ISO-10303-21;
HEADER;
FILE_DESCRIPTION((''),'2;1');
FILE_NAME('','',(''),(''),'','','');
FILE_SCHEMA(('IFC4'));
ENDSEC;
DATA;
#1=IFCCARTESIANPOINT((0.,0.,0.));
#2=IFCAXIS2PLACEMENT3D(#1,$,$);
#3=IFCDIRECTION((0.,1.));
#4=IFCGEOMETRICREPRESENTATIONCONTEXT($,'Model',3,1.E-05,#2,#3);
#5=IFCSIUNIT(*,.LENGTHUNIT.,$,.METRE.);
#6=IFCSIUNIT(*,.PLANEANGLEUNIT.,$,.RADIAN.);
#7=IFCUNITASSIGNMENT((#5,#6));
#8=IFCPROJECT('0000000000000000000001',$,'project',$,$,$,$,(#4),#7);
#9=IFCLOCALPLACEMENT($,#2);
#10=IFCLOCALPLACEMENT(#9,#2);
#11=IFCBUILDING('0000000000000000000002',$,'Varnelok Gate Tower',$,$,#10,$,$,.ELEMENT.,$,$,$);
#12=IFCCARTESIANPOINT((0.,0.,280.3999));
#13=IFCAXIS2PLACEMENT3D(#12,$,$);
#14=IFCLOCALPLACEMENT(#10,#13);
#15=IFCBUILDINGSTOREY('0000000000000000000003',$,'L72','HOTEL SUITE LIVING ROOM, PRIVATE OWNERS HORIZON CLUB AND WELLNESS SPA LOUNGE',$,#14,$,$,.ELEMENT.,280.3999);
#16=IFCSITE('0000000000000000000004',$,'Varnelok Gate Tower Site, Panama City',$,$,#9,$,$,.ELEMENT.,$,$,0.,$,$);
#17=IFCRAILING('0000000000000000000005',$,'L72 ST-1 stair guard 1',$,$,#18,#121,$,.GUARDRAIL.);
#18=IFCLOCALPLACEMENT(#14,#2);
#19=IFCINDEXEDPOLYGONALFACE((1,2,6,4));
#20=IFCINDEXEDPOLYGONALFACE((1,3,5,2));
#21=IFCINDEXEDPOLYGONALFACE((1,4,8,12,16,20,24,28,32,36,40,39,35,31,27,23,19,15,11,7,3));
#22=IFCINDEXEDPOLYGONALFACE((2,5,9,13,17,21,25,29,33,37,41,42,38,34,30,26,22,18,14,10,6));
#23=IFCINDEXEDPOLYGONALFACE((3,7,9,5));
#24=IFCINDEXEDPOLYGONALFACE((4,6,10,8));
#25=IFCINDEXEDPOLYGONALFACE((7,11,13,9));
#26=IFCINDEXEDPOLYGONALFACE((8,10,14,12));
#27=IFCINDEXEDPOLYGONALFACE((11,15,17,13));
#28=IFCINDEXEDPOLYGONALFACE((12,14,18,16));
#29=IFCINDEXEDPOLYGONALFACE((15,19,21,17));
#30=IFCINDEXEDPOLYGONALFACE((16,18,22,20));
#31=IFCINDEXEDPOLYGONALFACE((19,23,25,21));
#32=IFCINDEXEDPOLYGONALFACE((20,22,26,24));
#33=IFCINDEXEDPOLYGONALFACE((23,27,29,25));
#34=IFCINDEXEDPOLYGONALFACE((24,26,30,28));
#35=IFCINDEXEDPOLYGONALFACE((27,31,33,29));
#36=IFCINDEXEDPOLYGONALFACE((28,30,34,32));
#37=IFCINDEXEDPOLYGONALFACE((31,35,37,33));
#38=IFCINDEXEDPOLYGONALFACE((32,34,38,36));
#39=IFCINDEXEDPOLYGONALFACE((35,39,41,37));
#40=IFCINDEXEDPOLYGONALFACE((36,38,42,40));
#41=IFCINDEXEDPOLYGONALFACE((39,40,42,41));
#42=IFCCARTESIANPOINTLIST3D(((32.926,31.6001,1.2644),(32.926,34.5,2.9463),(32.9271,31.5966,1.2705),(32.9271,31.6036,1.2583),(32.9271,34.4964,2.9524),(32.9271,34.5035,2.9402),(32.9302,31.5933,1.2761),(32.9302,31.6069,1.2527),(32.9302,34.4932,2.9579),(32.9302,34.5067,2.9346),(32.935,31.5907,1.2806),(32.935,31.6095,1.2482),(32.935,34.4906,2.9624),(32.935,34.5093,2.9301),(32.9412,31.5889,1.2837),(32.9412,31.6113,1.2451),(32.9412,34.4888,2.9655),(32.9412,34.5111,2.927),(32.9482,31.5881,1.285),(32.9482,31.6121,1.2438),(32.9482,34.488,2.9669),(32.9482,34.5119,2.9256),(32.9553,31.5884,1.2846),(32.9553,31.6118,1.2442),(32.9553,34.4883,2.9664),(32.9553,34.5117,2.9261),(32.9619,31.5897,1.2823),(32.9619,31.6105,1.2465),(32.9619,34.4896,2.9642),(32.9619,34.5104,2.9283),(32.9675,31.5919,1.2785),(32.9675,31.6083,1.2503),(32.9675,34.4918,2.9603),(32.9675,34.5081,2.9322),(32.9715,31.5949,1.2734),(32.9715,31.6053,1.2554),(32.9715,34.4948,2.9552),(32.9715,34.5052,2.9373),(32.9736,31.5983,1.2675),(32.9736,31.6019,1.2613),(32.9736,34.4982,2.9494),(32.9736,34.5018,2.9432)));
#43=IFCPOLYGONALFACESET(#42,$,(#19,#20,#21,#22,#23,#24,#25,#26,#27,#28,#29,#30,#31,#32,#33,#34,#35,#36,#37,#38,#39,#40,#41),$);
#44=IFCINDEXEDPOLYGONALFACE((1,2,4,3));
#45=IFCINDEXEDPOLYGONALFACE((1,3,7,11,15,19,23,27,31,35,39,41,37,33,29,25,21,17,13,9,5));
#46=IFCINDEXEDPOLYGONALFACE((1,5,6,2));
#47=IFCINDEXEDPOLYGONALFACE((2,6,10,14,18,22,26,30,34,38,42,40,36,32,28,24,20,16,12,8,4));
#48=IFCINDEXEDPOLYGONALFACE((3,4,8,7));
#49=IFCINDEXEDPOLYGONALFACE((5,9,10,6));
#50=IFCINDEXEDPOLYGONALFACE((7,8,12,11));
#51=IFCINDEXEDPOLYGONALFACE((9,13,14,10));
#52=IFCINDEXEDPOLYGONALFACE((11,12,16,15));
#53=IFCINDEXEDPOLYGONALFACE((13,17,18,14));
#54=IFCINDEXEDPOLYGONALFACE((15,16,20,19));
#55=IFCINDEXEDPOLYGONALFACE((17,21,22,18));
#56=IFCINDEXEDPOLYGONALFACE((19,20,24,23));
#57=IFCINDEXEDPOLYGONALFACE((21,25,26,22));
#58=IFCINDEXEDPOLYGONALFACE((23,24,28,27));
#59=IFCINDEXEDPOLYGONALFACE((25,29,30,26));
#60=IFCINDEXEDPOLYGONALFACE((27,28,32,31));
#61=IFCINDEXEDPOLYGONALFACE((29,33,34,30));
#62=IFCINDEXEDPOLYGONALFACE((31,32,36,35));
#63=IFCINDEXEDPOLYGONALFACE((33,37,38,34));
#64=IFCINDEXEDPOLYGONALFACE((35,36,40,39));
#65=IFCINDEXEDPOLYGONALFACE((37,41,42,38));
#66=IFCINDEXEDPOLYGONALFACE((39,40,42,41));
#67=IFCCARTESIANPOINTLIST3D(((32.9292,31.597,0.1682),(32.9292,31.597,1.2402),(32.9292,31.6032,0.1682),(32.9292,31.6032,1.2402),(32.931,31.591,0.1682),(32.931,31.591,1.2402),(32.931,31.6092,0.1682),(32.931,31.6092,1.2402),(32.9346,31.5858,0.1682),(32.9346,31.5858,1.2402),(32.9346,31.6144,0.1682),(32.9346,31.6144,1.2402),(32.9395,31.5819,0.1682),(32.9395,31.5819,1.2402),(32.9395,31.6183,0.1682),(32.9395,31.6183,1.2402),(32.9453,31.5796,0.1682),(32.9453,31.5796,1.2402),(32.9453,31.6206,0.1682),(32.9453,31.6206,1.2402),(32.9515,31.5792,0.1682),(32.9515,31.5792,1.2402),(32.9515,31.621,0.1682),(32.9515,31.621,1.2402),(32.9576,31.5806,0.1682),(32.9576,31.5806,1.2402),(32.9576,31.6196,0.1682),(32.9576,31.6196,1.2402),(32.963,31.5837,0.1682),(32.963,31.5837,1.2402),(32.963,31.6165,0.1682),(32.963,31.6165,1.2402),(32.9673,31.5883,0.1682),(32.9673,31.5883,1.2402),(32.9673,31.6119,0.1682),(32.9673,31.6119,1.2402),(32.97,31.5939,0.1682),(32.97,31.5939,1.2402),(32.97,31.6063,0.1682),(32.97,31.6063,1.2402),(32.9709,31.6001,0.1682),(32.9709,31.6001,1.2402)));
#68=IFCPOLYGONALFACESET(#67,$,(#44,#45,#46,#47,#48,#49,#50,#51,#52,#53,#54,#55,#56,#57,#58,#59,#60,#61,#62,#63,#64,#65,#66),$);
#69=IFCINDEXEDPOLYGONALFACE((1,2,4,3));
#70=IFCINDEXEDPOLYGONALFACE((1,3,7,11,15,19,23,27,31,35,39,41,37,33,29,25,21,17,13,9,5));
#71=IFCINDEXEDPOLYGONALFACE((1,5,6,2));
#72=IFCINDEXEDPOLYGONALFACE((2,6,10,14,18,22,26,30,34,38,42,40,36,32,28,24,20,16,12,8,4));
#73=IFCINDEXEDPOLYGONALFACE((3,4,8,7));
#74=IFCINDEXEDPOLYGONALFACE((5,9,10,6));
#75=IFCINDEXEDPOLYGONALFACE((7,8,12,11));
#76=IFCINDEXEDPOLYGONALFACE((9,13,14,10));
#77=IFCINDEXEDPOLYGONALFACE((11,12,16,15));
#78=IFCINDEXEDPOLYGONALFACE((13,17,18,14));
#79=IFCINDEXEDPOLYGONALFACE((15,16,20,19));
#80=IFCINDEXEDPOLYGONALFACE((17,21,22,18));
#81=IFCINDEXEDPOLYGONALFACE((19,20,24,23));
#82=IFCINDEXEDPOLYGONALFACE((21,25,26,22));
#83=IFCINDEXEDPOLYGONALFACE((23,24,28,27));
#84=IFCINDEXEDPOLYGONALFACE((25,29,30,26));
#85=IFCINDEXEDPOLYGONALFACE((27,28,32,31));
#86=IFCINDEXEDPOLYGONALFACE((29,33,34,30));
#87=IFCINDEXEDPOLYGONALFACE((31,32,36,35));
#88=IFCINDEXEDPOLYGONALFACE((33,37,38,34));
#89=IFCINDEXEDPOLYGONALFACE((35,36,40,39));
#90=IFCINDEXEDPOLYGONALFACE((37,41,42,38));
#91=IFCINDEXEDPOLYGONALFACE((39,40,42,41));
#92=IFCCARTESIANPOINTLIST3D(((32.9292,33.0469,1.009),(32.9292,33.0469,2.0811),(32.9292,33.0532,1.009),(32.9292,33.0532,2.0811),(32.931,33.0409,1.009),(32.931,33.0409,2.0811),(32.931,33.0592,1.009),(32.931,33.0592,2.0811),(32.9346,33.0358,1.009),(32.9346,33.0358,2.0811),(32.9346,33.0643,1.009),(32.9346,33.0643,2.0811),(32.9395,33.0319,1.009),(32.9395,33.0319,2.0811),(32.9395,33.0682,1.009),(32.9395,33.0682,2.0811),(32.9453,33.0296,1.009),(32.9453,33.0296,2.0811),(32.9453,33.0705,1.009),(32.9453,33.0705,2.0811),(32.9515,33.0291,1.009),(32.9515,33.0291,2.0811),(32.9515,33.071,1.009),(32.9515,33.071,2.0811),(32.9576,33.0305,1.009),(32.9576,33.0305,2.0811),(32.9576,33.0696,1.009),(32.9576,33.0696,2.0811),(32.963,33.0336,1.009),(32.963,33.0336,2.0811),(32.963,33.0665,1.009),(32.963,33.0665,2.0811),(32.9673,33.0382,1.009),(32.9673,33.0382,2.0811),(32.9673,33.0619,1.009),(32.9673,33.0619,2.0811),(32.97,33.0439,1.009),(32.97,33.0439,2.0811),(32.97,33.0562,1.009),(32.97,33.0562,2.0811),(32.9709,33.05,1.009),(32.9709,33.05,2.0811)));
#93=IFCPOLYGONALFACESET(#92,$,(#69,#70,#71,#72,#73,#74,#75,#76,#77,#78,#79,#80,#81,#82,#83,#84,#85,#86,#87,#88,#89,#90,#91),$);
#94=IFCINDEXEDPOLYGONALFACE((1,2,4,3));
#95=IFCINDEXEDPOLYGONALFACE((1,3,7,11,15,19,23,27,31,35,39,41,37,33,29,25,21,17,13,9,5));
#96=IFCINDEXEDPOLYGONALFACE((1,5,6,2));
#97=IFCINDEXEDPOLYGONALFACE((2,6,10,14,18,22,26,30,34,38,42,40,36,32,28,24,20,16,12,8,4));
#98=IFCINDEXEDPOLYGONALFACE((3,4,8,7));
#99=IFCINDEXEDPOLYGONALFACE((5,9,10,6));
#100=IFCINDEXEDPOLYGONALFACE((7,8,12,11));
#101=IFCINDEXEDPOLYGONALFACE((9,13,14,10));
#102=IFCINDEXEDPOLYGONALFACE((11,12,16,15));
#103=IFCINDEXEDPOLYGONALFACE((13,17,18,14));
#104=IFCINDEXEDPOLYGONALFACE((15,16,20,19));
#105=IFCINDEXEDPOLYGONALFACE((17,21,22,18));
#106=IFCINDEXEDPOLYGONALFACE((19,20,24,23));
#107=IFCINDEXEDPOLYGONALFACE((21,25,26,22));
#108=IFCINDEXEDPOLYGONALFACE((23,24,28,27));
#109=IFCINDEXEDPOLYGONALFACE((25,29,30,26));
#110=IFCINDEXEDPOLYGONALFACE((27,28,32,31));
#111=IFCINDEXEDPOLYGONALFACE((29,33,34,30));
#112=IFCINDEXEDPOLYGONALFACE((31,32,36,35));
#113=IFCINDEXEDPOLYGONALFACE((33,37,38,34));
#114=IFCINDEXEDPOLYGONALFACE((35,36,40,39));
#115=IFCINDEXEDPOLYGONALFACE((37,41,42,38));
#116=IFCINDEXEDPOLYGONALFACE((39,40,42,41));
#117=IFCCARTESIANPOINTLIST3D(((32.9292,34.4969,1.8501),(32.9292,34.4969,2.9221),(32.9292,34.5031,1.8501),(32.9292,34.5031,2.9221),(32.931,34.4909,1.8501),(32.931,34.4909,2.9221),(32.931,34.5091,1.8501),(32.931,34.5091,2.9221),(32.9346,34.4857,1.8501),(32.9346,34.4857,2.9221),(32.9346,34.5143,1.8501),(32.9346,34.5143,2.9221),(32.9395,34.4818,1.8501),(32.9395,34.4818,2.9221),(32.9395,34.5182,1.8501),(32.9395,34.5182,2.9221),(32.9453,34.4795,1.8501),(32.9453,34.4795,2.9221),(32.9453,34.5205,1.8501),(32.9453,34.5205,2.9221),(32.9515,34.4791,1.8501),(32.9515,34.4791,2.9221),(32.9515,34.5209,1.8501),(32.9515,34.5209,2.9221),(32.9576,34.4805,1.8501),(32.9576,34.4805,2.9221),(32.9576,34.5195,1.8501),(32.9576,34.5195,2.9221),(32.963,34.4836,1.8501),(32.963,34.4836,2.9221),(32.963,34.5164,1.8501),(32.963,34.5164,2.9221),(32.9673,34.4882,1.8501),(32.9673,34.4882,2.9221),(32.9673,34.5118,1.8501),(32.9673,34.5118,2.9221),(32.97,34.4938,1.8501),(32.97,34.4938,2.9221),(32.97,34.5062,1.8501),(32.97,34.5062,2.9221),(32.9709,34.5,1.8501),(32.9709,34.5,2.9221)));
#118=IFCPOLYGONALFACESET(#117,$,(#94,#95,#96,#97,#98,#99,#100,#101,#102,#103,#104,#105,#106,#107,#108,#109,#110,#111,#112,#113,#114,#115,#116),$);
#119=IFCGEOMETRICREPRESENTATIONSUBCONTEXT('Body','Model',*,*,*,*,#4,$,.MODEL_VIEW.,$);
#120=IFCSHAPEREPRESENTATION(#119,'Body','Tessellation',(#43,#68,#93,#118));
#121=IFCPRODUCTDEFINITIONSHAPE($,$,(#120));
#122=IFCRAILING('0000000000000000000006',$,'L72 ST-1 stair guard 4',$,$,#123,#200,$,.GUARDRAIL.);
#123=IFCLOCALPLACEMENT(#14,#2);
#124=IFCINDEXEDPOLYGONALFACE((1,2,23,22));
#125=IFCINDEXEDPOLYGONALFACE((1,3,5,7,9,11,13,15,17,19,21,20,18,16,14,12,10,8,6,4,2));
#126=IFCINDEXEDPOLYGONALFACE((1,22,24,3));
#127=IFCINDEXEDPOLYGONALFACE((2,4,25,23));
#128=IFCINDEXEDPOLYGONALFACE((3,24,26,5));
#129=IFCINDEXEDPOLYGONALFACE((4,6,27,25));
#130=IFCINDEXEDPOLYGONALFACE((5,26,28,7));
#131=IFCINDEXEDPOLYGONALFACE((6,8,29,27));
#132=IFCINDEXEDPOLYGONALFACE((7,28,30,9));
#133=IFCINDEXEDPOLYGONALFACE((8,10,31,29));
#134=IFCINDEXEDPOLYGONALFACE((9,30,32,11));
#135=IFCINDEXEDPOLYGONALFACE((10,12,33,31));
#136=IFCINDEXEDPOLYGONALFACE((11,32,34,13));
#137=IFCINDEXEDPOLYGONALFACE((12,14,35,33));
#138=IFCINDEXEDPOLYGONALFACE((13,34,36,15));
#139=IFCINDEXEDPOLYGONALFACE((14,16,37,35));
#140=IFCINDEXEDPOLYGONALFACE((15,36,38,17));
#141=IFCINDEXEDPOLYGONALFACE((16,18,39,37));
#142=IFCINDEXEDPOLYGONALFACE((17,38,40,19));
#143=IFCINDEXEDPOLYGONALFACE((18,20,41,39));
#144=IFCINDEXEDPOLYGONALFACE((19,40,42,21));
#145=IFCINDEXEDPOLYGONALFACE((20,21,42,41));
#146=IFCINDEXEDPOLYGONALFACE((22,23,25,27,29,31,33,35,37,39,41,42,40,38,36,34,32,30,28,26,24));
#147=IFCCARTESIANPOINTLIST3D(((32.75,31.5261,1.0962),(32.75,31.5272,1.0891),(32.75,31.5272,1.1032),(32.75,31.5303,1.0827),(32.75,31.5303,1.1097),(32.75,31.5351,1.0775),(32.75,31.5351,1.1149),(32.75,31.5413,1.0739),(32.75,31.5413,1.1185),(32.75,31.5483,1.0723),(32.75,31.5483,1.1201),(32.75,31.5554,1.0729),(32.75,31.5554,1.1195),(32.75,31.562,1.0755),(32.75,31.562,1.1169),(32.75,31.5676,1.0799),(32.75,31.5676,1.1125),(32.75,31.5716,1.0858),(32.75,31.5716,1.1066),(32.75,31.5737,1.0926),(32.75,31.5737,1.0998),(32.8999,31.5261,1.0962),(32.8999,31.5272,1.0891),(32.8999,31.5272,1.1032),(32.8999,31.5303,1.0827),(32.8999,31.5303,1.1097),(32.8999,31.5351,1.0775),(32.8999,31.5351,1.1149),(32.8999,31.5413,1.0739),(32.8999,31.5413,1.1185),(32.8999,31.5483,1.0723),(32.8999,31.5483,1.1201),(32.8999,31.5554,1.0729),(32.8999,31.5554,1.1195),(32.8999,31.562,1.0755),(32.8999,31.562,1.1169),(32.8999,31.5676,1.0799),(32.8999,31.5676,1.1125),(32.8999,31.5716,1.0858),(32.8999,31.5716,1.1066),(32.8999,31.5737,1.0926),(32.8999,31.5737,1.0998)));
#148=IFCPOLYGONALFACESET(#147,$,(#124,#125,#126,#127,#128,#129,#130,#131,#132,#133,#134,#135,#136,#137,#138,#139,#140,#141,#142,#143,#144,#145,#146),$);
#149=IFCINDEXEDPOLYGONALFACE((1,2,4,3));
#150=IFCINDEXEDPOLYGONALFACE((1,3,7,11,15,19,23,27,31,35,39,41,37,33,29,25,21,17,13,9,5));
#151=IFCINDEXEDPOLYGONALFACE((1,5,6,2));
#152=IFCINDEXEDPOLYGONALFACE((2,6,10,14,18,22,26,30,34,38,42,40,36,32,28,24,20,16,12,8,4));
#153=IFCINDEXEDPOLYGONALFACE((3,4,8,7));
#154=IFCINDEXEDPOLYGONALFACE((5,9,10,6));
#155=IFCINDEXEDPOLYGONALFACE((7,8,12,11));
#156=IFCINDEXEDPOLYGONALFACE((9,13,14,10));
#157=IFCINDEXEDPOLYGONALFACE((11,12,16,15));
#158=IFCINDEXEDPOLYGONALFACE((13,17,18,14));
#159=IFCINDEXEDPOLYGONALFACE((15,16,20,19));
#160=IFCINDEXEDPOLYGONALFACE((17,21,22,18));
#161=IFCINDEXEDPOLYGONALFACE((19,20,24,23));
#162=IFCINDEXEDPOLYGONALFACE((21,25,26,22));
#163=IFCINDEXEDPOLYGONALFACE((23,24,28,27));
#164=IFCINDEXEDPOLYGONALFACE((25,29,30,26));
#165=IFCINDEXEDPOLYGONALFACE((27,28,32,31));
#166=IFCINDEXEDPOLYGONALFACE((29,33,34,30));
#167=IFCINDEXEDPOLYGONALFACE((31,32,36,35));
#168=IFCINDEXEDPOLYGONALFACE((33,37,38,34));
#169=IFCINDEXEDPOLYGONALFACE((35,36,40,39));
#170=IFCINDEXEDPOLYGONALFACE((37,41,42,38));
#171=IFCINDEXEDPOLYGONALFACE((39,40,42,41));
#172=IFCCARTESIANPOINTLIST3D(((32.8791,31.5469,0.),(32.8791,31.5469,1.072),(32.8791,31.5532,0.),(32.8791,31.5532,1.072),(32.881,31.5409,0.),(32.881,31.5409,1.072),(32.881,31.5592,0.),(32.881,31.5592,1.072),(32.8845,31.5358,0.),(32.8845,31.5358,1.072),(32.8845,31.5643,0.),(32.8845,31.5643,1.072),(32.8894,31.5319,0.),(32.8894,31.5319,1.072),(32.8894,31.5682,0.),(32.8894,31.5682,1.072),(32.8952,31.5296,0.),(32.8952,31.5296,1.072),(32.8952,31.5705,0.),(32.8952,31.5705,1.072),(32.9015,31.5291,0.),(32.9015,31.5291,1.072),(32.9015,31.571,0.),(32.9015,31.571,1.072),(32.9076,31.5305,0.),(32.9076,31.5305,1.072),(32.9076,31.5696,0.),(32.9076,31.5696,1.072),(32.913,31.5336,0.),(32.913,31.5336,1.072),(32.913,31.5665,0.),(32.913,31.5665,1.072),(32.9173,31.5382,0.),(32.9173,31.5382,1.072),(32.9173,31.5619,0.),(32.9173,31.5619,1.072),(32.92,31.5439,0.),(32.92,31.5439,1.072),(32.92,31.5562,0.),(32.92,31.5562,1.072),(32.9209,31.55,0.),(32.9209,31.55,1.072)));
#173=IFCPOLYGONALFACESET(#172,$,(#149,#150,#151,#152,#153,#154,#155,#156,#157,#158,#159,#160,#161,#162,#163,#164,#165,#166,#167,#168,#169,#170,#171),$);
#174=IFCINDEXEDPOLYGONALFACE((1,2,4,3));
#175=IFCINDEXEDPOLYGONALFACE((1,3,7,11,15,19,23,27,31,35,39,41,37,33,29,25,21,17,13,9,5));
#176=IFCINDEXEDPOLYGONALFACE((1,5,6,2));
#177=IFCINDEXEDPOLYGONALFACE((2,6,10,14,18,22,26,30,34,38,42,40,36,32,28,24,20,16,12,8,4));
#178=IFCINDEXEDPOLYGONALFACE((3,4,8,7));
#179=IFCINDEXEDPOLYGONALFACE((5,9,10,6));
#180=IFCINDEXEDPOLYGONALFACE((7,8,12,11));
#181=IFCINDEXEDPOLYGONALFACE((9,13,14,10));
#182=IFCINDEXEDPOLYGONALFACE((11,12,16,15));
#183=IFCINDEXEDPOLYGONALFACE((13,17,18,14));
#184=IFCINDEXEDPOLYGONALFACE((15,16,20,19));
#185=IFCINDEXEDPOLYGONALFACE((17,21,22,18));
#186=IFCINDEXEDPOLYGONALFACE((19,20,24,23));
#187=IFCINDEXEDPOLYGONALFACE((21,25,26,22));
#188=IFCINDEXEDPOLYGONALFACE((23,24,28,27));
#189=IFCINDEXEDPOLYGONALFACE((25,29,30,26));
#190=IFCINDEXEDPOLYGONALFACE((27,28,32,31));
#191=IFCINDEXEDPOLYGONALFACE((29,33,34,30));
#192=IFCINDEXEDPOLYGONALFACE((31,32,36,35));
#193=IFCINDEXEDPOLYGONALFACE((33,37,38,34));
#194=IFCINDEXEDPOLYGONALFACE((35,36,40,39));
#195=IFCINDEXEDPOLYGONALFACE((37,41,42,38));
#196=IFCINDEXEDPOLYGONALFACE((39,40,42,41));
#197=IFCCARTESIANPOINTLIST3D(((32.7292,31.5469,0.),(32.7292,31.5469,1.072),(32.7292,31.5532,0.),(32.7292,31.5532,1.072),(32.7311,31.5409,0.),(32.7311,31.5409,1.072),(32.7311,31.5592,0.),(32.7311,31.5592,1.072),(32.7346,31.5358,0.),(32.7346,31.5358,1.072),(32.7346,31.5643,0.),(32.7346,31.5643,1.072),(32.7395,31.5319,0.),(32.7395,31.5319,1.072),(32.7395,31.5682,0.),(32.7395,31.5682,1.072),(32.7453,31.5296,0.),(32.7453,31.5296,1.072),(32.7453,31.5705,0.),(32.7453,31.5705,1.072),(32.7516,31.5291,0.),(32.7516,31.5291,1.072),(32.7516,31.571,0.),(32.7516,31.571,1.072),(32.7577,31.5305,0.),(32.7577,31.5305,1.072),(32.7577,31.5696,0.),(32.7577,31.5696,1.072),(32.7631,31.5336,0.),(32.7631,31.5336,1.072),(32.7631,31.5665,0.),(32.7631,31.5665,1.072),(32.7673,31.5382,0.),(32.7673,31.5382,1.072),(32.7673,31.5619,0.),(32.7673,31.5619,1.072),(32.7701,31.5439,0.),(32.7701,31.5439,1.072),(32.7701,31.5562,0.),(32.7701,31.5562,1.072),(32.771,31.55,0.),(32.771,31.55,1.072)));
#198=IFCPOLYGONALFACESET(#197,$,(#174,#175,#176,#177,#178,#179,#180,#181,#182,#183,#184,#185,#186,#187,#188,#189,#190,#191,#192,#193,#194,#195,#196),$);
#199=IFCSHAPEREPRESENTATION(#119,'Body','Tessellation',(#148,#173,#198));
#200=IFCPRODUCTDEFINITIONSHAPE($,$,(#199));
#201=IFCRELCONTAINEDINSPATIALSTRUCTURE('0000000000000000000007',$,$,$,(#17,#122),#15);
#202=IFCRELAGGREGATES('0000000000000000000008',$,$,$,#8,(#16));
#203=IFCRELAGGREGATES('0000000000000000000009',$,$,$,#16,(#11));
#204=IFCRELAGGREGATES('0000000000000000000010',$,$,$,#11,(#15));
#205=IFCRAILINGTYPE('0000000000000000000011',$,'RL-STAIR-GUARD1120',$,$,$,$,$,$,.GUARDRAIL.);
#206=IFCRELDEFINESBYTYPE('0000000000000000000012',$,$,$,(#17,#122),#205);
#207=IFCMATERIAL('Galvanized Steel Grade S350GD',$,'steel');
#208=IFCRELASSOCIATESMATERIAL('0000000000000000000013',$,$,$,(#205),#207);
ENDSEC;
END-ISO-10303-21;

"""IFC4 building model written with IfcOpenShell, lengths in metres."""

from ifc_helpers import new_model, si_unit, direction, frame, origin, origin_2d, place, context, subcontext, project, spatial, circle, extrude, material, type_object, element, save


model = new_model("IFC4")

# Units and contexts
model_context = context("Model", 3, precision=1e-05, world=origin(), true_north=direction((0.0, 1.0)))
body_context = subcontext(model_context, "Body", "Model", "MODEL_VIEW")
ifc_project = project(units=[si_unit("LENGTHUNIT", "METRE"), si_unit("PLANEANGLEUNIT", "RADIAN")], contexts=[model_context])

# Site, building, storey
site_placement = place(None, origin())
site = spatial("IfcSite", under=ifc_project, at=site_placement, Name="Varnelok Gate Tower Site, Panama City", CompositionType="ELEMENT", RefElevation=0.0)
building_placement = place(site_placement, origin())
building = spatial("IfcBuilding", under=site, at=building_placement, Name="Varnelok Gate Tower", CompositionType="ELEMENT")
storey_placement = place(building_placement, frame((0.0, 0.0, 280.3999)))
storey = spatial("IfcBuildingStorey", under=building, at=storey_placement, Name="L72", Description="HOTEL SUITE LIVING ROOM, PRIVATE OWNERS HORIZON CLUB AND WELLNESS SPA LOUNGE", CompositionType="ELEMENT", Elevation=280.3999)

# Shared definitions
ifc_material_1 = material(Name="Galvanized Steel Grade S350GD", Category="steel")

# Railings
railing_type_1 = type_object("IfcRailingType", Name="RL-STAIR-GUARD1120", PredefinedType="GUARDRAIL", material=ifc_material_1)
railing_1_placement = place(storey_placement, frame((32.95, 31.6001, 0.1682)))
element("IfcRailing", 1, at=railing_1_placement, inside=storey, type_object=railing_type_1, Name="L72 ST-1 stair guard 1", PredefinedType="GUARDRAIL", context=body_context, shape_type="SweptSolid", body=[
    extrude(circle(Radius=0.0239, at=origin_2d()), frame((0.0, 0.0, 1.0962), z_axis=(0.0, 0.865039, 0.501705), x_axis=(-1.0, 0.0, 0.0)), (0.0, 0.0, 1.0), 3.3523),
    extrude(circle(Radius=0.021, at=origin_2d()), origin(), (0.0, 0.0, 1.0), 1.072),
    extrude(circle(Radius=0.021, at=origin_2d()), frame((0.0, 1.45, 0.8408)), (0.0, 0.0, 1.0), 1.072),
    extrude(circle(Radius=0.021, at=origin_2d()), frame((0.0, 2.8999, 1.6819)), (0.0, 0.0, 1.0), 1.072),
])
railing_2_placement = place(storey_placement, frame((32.8999, 31.55, 0.0)))
element("IfcRailing", 2, at=railing_2_placement, inside=storey, type_object=railing_type_1, Name="L72 ST-1 stair guard 4", PredefinedType="GUARDRAIL", context=body_context, shape_type="SweptSolid", body=[
    extrude(circle(Radius=0.0239, at=origin_2d()), frame((0.0, 0.0, 1.0962), z_axis=(-1.0, 0.0, 0.0), x_axis=(0.0, -1.0, 0.0)), (0.0, 0.0, 1.0), 0.1499),
    extrude(circle(Radius=0.021, at=origin_2d()), origin(), (0.0, 0.0, 1.0), 1.072),
    extrude(circle(Radius=0.021, at=origin_2d()), frame((-0.1499, 0.0, 0.0)), (0.0, 0.0, 1.0), 1.072),
])

save(model, "model.ifc")
